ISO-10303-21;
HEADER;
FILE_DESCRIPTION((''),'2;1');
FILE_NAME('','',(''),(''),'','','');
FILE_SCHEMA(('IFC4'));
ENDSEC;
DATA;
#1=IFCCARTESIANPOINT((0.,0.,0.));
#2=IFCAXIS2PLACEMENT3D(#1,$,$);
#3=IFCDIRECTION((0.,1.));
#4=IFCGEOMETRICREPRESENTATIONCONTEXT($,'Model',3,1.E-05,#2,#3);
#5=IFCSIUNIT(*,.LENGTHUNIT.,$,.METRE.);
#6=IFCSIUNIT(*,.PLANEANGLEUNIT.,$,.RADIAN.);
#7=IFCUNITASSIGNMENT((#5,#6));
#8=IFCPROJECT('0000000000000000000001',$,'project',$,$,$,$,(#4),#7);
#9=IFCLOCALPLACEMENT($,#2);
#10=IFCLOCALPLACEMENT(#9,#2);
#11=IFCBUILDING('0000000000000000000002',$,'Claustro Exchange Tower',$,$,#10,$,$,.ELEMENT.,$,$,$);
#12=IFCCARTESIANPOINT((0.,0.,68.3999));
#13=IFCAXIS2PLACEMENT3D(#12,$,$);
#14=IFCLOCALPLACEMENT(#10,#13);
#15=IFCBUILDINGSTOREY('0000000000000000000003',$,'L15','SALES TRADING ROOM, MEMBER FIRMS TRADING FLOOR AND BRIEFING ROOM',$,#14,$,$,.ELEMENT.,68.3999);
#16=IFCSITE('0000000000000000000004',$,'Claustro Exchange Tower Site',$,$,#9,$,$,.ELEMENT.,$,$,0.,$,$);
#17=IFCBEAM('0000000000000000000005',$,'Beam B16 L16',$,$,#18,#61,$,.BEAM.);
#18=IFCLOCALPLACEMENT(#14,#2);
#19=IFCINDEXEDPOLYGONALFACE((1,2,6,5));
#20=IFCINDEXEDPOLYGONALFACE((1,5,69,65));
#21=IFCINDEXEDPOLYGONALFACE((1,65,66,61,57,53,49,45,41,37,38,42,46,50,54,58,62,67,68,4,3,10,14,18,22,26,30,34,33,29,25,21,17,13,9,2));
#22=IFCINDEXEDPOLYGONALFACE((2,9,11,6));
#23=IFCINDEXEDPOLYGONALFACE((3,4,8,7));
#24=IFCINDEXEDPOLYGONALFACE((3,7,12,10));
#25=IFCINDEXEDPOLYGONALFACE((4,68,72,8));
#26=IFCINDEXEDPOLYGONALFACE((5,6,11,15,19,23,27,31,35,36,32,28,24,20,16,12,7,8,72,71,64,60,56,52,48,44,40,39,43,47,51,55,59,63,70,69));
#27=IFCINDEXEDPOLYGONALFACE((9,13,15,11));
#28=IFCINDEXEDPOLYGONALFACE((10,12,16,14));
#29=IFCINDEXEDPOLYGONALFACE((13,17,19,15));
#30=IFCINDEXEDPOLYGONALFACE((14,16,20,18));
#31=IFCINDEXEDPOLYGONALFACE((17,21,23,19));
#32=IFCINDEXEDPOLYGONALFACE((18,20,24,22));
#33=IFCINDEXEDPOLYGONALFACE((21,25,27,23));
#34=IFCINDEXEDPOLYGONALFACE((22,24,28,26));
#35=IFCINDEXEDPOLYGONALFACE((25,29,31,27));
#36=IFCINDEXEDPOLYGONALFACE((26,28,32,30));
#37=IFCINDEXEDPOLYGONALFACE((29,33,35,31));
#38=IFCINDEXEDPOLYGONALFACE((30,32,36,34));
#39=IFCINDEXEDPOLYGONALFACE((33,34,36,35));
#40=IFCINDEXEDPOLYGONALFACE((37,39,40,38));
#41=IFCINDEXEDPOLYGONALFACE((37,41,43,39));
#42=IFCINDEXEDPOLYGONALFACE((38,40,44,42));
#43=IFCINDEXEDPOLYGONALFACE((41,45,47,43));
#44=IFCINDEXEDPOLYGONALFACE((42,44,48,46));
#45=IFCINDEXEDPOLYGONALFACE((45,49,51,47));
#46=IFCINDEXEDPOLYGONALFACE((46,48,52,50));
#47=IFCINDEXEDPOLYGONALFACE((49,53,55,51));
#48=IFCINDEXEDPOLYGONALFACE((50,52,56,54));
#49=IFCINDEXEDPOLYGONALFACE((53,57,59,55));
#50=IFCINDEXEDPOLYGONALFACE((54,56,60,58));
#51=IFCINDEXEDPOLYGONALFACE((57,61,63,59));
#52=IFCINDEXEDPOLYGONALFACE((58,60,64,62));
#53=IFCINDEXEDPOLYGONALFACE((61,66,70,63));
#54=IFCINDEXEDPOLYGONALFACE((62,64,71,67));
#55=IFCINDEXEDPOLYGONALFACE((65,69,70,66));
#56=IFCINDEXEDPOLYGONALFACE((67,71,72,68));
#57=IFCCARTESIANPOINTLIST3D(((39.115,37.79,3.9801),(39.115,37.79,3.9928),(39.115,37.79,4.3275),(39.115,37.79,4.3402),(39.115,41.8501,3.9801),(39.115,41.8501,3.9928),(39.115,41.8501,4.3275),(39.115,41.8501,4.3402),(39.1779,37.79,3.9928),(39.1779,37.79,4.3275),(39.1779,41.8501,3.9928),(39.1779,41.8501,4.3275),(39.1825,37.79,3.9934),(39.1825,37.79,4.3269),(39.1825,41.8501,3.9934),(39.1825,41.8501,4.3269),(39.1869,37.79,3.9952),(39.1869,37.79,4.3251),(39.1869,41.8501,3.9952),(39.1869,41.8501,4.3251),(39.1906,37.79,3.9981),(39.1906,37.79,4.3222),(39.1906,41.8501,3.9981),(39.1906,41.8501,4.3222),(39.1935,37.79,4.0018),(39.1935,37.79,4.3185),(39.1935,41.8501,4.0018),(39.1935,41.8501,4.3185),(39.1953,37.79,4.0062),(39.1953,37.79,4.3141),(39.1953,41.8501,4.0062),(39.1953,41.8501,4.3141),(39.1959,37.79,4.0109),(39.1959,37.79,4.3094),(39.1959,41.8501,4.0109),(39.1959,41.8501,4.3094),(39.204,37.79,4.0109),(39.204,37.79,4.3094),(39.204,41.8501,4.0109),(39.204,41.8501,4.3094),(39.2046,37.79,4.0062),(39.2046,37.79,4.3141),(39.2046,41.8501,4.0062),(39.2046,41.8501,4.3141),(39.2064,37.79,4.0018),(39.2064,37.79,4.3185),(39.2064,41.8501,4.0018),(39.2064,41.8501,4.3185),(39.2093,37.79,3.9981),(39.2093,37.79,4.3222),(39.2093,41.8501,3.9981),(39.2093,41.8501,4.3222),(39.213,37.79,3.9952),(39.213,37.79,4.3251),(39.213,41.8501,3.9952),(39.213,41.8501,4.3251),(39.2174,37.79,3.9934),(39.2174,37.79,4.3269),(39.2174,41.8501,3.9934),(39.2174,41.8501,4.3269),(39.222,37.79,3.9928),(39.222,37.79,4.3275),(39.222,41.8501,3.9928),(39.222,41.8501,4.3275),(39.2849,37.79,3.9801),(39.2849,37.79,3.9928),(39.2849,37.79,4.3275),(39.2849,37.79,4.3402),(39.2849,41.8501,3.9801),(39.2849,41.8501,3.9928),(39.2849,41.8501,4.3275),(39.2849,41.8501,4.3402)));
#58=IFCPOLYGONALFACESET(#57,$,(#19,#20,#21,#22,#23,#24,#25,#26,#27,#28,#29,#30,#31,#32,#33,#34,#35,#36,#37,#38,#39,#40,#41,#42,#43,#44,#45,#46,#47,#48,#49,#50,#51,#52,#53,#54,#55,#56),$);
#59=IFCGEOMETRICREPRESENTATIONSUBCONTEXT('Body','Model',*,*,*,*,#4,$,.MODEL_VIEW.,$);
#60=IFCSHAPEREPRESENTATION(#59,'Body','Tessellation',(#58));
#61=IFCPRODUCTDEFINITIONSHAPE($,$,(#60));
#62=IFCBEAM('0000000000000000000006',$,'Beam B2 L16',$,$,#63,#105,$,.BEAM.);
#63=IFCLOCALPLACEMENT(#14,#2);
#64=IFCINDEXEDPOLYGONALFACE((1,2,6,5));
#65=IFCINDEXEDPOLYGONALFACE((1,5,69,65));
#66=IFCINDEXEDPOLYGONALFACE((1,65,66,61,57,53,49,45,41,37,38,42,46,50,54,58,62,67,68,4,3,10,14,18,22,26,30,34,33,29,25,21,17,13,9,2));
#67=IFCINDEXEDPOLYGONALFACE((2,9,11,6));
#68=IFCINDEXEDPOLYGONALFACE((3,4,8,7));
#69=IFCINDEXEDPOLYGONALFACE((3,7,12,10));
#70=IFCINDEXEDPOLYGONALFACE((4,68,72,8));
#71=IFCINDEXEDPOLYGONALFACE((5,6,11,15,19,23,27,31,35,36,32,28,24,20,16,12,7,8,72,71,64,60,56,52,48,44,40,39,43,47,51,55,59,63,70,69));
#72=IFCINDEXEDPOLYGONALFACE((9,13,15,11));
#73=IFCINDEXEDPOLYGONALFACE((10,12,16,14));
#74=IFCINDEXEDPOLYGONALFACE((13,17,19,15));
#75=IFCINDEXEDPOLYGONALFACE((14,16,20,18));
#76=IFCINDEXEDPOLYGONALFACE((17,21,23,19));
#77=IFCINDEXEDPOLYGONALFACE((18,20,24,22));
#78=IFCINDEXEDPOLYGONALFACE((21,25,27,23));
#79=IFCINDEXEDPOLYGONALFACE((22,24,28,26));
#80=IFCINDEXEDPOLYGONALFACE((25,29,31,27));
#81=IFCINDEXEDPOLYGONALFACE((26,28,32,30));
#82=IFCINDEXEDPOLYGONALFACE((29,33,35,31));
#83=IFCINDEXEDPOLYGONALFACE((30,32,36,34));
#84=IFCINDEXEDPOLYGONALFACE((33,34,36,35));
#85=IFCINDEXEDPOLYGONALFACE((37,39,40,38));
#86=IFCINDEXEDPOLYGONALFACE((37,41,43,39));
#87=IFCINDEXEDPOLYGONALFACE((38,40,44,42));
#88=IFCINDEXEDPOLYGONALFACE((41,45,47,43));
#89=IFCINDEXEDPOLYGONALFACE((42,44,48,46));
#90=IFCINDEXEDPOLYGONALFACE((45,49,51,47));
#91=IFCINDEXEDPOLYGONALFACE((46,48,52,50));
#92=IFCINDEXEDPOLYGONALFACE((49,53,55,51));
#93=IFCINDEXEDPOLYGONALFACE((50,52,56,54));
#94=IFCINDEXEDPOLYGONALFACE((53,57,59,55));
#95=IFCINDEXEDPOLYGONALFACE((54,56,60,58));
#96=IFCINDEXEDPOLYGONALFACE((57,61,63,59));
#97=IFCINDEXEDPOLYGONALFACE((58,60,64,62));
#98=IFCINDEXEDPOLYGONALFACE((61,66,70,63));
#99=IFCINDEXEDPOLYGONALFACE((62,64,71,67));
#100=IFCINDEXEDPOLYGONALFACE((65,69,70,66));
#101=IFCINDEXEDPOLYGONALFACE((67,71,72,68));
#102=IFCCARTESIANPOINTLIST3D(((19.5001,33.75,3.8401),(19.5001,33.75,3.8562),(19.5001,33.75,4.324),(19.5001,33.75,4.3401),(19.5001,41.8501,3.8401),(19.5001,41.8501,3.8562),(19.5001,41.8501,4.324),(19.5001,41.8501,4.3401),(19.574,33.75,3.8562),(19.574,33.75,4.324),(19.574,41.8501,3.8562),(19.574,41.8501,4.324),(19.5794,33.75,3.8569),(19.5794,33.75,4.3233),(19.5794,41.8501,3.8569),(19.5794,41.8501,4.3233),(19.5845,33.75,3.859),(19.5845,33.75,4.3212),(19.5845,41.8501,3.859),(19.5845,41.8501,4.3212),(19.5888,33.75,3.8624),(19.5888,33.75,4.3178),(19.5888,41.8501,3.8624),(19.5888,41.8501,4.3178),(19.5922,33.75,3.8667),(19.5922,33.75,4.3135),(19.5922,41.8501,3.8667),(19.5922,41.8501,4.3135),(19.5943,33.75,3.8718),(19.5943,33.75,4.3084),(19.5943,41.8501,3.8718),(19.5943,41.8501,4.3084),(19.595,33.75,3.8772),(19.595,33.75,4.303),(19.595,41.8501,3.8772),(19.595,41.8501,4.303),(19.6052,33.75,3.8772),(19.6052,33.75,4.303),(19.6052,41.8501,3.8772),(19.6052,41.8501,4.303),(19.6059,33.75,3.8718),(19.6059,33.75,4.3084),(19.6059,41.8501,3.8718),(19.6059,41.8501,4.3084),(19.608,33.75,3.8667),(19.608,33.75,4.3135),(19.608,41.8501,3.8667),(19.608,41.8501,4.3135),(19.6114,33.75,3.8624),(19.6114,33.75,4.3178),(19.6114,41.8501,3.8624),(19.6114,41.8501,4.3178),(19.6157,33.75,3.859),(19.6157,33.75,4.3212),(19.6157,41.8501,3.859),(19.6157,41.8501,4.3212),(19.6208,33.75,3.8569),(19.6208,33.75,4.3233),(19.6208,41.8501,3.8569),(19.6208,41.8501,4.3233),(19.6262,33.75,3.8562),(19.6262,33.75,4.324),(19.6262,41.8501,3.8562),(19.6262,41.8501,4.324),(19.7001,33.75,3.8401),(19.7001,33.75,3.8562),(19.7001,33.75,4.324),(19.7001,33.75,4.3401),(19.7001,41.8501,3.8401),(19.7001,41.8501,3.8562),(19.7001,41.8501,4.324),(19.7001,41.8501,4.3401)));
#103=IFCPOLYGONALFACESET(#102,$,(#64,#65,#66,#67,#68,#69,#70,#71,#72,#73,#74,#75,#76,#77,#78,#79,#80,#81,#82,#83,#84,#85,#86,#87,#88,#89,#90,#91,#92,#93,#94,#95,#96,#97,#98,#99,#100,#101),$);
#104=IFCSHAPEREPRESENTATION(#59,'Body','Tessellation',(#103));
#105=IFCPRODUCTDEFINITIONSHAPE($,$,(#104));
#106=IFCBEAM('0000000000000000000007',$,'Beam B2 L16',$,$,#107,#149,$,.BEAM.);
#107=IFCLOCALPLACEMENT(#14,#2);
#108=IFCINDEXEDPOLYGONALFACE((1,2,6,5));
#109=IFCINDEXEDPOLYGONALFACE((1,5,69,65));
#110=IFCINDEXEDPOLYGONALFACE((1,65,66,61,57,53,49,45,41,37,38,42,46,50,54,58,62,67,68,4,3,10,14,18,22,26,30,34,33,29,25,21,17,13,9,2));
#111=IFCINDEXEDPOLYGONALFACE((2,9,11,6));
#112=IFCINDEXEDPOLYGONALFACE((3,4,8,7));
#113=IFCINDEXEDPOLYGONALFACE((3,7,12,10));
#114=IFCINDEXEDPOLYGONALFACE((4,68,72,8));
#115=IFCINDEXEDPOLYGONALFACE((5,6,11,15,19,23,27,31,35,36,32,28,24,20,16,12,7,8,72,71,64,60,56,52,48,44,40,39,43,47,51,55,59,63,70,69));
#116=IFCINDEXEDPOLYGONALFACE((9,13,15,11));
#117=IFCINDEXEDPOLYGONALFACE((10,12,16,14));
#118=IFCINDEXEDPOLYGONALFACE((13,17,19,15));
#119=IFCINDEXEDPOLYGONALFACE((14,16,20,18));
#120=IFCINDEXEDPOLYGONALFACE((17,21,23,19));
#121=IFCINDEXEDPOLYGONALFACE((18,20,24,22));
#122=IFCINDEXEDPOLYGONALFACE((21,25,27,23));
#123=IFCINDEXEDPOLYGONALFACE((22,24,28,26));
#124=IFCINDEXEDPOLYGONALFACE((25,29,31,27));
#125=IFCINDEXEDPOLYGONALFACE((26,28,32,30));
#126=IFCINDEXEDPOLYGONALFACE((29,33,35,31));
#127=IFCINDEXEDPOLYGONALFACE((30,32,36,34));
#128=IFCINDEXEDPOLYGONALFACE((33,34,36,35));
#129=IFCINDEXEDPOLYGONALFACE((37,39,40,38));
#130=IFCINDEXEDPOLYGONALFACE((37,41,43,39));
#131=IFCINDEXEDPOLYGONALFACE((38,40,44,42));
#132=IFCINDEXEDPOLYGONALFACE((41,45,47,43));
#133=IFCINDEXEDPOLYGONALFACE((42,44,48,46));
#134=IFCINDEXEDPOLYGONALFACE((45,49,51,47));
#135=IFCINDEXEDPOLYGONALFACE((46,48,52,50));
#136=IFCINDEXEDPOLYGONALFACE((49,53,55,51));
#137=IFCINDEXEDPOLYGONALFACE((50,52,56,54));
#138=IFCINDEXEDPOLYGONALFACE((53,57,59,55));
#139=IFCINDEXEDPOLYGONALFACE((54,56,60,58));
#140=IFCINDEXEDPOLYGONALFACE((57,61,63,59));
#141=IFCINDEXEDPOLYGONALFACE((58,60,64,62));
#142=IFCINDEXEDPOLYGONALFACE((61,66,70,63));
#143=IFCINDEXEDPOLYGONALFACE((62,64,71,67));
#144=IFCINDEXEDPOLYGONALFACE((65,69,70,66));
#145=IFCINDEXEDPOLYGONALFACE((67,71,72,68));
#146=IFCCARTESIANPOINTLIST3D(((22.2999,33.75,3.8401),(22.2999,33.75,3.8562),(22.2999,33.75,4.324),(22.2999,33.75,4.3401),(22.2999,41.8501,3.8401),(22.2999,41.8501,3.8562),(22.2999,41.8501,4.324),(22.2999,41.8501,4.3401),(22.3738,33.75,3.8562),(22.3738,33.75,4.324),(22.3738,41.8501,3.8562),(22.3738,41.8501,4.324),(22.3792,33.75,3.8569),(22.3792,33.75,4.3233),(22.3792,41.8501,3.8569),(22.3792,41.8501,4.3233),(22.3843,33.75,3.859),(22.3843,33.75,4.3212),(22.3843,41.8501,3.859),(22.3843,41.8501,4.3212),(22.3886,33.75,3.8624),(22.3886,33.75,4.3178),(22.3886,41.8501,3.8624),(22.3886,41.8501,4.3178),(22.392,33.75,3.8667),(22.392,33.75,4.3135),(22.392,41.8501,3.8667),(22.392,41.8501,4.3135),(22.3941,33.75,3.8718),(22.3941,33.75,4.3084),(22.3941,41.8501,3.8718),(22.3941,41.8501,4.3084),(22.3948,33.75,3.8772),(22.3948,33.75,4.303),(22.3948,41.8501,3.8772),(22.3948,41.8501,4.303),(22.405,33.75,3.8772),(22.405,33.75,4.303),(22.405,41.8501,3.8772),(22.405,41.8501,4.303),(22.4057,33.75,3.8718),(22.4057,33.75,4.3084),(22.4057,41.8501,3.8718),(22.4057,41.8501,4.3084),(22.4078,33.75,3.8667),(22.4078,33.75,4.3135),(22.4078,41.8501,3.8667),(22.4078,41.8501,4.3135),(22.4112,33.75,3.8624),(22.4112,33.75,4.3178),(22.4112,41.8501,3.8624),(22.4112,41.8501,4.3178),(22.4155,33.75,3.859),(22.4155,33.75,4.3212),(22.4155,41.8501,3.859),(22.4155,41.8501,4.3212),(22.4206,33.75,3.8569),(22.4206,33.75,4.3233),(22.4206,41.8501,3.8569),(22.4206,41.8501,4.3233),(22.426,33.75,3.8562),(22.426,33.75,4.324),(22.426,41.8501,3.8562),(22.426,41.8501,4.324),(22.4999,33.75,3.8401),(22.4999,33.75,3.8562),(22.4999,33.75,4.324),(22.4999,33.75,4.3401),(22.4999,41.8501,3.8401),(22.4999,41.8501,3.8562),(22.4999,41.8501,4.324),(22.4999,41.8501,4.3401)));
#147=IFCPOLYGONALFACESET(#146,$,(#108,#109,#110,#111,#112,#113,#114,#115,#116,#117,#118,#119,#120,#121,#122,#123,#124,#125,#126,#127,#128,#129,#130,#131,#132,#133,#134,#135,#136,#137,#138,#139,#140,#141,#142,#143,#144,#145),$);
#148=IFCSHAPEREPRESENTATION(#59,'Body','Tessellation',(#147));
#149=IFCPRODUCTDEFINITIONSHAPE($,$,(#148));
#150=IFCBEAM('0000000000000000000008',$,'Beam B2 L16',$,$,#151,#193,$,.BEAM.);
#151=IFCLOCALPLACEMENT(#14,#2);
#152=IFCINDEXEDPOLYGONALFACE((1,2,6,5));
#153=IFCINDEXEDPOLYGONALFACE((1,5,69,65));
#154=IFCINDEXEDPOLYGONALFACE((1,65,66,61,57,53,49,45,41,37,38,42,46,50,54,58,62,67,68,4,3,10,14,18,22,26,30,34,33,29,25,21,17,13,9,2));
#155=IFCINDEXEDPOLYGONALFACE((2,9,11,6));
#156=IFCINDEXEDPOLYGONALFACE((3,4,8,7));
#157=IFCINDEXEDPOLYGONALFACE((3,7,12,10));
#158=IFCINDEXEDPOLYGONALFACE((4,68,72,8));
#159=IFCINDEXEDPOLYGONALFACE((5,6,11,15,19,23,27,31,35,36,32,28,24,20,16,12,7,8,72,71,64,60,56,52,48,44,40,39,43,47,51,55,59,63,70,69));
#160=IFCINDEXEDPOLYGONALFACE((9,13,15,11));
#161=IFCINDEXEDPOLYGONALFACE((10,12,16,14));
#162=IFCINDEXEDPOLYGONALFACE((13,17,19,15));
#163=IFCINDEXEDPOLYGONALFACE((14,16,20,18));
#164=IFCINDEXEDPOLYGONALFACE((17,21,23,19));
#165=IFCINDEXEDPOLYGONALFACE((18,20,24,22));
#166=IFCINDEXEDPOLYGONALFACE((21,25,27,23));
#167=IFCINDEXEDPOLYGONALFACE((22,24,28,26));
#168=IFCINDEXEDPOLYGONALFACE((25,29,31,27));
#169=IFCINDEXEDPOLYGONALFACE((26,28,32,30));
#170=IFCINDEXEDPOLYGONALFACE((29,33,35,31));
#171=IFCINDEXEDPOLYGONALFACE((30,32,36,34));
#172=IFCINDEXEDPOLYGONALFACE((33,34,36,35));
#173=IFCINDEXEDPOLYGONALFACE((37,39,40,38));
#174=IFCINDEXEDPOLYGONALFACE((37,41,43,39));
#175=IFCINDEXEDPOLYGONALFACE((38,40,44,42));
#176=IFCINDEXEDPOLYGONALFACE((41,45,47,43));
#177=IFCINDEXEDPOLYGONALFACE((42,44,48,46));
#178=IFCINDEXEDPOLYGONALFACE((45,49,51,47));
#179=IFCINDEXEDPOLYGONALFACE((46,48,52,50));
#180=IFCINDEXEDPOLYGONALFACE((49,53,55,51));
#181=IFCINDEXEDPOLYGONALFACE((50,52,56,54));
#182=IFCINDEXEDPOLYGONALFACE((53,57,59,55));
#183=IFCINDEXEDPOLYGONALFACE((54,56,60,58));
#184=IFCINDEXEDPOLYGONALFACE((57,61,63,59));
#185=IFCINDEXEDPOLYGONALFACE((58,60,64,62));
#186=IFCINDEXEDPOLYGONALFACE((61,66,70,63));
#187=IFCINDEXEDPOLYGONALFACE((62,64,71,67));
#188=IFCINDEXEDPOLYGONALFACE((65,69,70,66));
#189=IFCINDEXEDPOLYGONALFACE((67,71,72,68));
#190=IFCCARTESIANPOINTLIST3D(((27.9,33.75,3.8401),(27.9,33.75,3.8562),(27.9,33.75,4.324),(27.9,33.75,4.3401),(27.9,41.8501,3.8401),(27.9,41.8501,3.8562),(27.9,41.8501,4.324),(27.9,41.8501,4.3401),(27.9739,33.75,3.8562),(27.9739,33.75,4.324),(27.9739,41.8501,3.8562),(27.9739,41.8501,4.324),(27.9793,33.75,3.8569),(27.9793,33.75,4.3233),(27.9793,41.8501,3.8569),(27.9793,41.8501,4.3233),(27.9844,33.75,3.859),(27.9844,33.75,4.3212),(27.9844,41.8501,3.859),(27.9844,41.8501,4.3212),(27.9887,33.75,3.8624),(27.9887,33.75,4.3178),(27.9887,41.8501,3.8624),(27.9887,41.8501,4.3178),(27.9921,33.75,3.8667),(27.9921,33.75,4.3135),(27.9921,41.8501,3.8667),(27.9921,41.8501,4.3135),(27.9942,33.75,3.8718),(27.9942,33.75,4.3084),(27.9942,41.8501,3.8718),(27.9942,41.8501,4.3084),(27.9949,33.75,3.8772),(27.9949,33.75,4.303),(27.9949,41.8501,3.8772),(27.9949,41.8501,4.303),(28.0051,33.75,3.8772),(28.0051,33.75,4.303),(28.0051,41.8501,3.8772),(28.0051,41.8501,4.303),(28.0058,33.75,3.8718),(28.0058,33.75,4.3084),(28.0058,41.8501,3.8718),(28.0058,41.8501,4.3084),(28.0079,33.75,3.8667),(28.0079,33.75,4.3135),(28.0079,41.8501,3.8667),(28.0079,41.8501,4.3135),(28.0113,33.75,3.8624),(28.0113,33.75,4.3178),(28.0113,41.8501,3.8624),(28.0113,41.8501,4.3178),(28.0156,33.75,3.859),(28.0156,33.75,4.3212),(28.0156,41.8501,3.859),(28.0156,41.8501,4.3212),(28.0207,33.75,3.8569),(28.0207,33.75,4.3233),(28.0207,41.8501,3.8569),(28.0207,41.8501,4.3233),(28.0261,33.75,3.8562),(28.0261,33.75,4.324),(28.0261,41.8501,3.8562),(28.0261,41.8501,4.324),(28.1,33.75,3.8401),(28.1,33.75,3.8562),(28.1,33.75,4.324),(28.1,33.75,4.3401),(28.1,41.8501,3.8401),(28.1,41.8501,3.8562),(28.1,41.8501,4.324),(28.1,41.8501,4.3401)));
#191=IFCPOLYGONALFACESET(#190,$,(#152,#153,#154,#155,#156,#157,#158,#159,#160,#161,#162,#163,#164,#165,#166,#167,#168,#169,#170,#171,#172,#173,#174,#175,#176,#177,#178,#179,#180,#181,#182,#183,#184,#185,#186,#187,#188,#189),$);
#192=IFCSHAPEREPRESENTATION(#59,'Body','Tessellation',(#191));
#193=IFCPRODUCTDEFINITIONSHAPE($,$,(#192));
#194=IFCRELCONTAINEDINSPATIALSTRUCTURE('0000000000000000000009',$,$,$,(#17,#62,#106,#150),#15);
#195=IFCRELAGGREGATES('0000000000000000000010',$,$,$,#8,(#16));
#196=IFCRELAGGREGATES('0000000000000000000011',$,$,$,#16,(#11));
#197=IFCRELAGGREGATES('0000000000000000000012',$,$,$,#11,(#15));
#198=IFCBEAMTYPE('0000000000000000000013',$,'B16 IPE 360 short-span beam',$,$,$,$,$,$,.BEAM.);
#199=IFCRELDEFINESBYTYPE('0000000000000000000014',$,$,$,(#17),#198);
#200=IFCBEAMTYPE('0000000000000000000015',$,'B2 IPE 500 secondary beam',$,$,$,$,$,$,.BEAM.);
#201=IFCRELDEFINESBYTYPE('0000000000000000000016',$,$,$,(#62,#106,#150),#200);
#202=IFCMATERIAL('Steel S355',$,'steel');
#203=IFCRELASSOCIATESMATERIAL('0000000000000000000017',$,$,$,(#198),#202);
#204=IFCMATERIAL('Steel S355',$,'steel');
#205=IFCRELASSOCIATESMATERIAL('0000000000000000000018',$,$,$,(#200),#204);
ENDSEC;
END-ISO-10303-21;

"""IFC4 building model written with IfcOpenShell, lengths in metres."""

from ifc_helpers import new_model, si_unit, direction, frame, origin, origin_2d, place, context, subcontext, project, spatial, i_section, extrude, material, material_profile, profile_set, type_object, element, save


model = new_model("IFC4")

# Units and contexts
model_context = context("Model", 3, precision=1e-05, world=origin(), true_north=direction((0.0, 1.0)))
body_context = subcontext(model_context, "Body", "Model", "MODEL_VIEW")
ifc_project = project(units=[si_unit("LENGTHUNIT", "METRE"), si_unit("PLANEANGLEUNIT", "RADIAN")], contexts=[model_context])

# Site, building, storey
site_placement = place(None, origin())
site = spatial("IfcSite", under=ifc_project, at=site_placement, Name="Claustro Exchange Tower Site", CompositionType="ELEMENT", RefElevation=0.0)
building_placement = place(site_placement, origin())
building = spatial("IfcBuilding", under=site, at=building_placement, Name="Claustro Exchange Tower", CompositionType="ELEMENT")
storey_placement = place(building_placement, frame((0.0, 0.0, 68.3999)))
storey = spatial("IfcBuildingStorey", under=building, at=storey_placement, Name="L15", Description="SALES TRADING ROOM, MEMBER FIRMS TRADING FLOOR AND BRIEFING ROOM", CompositionType="ELEMENT", Elevation=68.3999)

# Beams
ifc_material_1 = material(Name="Steel S355", Category="steel")
ifc_material_profile_1 = material_profile(ifc_material_1, i_section(OverallWidth=0.1699, OverallDepth=0.3601, WebThickness=0.0081, FlangeThickness=0.0127, FilletRadius=0.0181, at=origin_2d()), Name="IPE 360")
ifc_profile_set_1 = profile_set([ifc_material_profile_1], Name="Steel S355")
beam_type_1 = type_object("IfcBeamType", Name="B16 IPE 360 short-span beam", PredefinedType="BEAM", material=ifc_profile_set_1)
for number, where, z_axis, x_axis, name in (
    (1, (39.2, 37.79, 4.1602), (0.0, 1.0, 0.0), (-1.0, 0.0, 0.0), "Beam B16 L16"),
):
    element("IfcBeam", number, at=place(storey_placement, frame(where, z_axis=z_axis, x_axis=x_axis)), inside=storey, type_object=beam_type_1, Name=name, PredefinedType="BEAM", context=body_context, shape_type="SweptSolid", body=[
        extrude(i_section(OverallWidth=0.1699, OverallDepth=0.3601, WebThickness=0.0081, FlangeThickness=0.0127, FilletRadius=0.0181, at=origin_2d()), origin(), (0.0, 0.0, 1.0), 4.0601),
    ])
ifc_material_2 = material(Name="Steel S355", Category="steel")
ifc_material_profile_2 = material_profile(ifc_material_2, i_section(OverallWidth=0.2, OverallDepth=0.5, WebThickness=0.0103, FlangeThickness=0.0161, FilletRadius=0.021, at=origin_2d()), Name="IPE 500")
ifc_profile_set_2 = profile_set([ifc_material_profile_2], Name="Steel S355")
beam_type_2 = type_object("IfcBeamType", Name="B2 IPE 500 secondary beam", PredefinedType="BEAM", material=ifc_profile_set_2)
for number, where, z_axis, x_axis, name in (
    (2, (19.6001, 33.75, 4.0901), (0.0, 1.0, 0.0), (-1.0, 0.0, 0.0), "Beam B2 L16"),
    (3, (22.3999, 33.75, 4.0901), (0.0, 1.0, 0.0), (-1.0, 0.0, 0.0), "Beam B2 L16"),
    (4, (28.0, 33.75, 4.0901), (0.0, 1.0, 0.0), (-1.0, 0.0, 0.0), "Beam B2 L16"),
):
    element("IfcBeam", number, at=place(storey_placement, frame(where, z_axis=z_axis, x_axis=x_axis)), inside=storey, type_object=beam_type_2, Name=name, PredefinedType="BEAM", context=body_context, shape_type="SweptSolid", body=[
        extrude(i_section(OverallWidth=0.2, OverallDepth=0.5, WebThickness=0.0103, FlangeThickness=0.0161, FilletRadius=0.021, at=origin_2d()), origin(), (0.0, 0.0, 1.0), 8.1001),
    ])

save(model, "model.ifc")
